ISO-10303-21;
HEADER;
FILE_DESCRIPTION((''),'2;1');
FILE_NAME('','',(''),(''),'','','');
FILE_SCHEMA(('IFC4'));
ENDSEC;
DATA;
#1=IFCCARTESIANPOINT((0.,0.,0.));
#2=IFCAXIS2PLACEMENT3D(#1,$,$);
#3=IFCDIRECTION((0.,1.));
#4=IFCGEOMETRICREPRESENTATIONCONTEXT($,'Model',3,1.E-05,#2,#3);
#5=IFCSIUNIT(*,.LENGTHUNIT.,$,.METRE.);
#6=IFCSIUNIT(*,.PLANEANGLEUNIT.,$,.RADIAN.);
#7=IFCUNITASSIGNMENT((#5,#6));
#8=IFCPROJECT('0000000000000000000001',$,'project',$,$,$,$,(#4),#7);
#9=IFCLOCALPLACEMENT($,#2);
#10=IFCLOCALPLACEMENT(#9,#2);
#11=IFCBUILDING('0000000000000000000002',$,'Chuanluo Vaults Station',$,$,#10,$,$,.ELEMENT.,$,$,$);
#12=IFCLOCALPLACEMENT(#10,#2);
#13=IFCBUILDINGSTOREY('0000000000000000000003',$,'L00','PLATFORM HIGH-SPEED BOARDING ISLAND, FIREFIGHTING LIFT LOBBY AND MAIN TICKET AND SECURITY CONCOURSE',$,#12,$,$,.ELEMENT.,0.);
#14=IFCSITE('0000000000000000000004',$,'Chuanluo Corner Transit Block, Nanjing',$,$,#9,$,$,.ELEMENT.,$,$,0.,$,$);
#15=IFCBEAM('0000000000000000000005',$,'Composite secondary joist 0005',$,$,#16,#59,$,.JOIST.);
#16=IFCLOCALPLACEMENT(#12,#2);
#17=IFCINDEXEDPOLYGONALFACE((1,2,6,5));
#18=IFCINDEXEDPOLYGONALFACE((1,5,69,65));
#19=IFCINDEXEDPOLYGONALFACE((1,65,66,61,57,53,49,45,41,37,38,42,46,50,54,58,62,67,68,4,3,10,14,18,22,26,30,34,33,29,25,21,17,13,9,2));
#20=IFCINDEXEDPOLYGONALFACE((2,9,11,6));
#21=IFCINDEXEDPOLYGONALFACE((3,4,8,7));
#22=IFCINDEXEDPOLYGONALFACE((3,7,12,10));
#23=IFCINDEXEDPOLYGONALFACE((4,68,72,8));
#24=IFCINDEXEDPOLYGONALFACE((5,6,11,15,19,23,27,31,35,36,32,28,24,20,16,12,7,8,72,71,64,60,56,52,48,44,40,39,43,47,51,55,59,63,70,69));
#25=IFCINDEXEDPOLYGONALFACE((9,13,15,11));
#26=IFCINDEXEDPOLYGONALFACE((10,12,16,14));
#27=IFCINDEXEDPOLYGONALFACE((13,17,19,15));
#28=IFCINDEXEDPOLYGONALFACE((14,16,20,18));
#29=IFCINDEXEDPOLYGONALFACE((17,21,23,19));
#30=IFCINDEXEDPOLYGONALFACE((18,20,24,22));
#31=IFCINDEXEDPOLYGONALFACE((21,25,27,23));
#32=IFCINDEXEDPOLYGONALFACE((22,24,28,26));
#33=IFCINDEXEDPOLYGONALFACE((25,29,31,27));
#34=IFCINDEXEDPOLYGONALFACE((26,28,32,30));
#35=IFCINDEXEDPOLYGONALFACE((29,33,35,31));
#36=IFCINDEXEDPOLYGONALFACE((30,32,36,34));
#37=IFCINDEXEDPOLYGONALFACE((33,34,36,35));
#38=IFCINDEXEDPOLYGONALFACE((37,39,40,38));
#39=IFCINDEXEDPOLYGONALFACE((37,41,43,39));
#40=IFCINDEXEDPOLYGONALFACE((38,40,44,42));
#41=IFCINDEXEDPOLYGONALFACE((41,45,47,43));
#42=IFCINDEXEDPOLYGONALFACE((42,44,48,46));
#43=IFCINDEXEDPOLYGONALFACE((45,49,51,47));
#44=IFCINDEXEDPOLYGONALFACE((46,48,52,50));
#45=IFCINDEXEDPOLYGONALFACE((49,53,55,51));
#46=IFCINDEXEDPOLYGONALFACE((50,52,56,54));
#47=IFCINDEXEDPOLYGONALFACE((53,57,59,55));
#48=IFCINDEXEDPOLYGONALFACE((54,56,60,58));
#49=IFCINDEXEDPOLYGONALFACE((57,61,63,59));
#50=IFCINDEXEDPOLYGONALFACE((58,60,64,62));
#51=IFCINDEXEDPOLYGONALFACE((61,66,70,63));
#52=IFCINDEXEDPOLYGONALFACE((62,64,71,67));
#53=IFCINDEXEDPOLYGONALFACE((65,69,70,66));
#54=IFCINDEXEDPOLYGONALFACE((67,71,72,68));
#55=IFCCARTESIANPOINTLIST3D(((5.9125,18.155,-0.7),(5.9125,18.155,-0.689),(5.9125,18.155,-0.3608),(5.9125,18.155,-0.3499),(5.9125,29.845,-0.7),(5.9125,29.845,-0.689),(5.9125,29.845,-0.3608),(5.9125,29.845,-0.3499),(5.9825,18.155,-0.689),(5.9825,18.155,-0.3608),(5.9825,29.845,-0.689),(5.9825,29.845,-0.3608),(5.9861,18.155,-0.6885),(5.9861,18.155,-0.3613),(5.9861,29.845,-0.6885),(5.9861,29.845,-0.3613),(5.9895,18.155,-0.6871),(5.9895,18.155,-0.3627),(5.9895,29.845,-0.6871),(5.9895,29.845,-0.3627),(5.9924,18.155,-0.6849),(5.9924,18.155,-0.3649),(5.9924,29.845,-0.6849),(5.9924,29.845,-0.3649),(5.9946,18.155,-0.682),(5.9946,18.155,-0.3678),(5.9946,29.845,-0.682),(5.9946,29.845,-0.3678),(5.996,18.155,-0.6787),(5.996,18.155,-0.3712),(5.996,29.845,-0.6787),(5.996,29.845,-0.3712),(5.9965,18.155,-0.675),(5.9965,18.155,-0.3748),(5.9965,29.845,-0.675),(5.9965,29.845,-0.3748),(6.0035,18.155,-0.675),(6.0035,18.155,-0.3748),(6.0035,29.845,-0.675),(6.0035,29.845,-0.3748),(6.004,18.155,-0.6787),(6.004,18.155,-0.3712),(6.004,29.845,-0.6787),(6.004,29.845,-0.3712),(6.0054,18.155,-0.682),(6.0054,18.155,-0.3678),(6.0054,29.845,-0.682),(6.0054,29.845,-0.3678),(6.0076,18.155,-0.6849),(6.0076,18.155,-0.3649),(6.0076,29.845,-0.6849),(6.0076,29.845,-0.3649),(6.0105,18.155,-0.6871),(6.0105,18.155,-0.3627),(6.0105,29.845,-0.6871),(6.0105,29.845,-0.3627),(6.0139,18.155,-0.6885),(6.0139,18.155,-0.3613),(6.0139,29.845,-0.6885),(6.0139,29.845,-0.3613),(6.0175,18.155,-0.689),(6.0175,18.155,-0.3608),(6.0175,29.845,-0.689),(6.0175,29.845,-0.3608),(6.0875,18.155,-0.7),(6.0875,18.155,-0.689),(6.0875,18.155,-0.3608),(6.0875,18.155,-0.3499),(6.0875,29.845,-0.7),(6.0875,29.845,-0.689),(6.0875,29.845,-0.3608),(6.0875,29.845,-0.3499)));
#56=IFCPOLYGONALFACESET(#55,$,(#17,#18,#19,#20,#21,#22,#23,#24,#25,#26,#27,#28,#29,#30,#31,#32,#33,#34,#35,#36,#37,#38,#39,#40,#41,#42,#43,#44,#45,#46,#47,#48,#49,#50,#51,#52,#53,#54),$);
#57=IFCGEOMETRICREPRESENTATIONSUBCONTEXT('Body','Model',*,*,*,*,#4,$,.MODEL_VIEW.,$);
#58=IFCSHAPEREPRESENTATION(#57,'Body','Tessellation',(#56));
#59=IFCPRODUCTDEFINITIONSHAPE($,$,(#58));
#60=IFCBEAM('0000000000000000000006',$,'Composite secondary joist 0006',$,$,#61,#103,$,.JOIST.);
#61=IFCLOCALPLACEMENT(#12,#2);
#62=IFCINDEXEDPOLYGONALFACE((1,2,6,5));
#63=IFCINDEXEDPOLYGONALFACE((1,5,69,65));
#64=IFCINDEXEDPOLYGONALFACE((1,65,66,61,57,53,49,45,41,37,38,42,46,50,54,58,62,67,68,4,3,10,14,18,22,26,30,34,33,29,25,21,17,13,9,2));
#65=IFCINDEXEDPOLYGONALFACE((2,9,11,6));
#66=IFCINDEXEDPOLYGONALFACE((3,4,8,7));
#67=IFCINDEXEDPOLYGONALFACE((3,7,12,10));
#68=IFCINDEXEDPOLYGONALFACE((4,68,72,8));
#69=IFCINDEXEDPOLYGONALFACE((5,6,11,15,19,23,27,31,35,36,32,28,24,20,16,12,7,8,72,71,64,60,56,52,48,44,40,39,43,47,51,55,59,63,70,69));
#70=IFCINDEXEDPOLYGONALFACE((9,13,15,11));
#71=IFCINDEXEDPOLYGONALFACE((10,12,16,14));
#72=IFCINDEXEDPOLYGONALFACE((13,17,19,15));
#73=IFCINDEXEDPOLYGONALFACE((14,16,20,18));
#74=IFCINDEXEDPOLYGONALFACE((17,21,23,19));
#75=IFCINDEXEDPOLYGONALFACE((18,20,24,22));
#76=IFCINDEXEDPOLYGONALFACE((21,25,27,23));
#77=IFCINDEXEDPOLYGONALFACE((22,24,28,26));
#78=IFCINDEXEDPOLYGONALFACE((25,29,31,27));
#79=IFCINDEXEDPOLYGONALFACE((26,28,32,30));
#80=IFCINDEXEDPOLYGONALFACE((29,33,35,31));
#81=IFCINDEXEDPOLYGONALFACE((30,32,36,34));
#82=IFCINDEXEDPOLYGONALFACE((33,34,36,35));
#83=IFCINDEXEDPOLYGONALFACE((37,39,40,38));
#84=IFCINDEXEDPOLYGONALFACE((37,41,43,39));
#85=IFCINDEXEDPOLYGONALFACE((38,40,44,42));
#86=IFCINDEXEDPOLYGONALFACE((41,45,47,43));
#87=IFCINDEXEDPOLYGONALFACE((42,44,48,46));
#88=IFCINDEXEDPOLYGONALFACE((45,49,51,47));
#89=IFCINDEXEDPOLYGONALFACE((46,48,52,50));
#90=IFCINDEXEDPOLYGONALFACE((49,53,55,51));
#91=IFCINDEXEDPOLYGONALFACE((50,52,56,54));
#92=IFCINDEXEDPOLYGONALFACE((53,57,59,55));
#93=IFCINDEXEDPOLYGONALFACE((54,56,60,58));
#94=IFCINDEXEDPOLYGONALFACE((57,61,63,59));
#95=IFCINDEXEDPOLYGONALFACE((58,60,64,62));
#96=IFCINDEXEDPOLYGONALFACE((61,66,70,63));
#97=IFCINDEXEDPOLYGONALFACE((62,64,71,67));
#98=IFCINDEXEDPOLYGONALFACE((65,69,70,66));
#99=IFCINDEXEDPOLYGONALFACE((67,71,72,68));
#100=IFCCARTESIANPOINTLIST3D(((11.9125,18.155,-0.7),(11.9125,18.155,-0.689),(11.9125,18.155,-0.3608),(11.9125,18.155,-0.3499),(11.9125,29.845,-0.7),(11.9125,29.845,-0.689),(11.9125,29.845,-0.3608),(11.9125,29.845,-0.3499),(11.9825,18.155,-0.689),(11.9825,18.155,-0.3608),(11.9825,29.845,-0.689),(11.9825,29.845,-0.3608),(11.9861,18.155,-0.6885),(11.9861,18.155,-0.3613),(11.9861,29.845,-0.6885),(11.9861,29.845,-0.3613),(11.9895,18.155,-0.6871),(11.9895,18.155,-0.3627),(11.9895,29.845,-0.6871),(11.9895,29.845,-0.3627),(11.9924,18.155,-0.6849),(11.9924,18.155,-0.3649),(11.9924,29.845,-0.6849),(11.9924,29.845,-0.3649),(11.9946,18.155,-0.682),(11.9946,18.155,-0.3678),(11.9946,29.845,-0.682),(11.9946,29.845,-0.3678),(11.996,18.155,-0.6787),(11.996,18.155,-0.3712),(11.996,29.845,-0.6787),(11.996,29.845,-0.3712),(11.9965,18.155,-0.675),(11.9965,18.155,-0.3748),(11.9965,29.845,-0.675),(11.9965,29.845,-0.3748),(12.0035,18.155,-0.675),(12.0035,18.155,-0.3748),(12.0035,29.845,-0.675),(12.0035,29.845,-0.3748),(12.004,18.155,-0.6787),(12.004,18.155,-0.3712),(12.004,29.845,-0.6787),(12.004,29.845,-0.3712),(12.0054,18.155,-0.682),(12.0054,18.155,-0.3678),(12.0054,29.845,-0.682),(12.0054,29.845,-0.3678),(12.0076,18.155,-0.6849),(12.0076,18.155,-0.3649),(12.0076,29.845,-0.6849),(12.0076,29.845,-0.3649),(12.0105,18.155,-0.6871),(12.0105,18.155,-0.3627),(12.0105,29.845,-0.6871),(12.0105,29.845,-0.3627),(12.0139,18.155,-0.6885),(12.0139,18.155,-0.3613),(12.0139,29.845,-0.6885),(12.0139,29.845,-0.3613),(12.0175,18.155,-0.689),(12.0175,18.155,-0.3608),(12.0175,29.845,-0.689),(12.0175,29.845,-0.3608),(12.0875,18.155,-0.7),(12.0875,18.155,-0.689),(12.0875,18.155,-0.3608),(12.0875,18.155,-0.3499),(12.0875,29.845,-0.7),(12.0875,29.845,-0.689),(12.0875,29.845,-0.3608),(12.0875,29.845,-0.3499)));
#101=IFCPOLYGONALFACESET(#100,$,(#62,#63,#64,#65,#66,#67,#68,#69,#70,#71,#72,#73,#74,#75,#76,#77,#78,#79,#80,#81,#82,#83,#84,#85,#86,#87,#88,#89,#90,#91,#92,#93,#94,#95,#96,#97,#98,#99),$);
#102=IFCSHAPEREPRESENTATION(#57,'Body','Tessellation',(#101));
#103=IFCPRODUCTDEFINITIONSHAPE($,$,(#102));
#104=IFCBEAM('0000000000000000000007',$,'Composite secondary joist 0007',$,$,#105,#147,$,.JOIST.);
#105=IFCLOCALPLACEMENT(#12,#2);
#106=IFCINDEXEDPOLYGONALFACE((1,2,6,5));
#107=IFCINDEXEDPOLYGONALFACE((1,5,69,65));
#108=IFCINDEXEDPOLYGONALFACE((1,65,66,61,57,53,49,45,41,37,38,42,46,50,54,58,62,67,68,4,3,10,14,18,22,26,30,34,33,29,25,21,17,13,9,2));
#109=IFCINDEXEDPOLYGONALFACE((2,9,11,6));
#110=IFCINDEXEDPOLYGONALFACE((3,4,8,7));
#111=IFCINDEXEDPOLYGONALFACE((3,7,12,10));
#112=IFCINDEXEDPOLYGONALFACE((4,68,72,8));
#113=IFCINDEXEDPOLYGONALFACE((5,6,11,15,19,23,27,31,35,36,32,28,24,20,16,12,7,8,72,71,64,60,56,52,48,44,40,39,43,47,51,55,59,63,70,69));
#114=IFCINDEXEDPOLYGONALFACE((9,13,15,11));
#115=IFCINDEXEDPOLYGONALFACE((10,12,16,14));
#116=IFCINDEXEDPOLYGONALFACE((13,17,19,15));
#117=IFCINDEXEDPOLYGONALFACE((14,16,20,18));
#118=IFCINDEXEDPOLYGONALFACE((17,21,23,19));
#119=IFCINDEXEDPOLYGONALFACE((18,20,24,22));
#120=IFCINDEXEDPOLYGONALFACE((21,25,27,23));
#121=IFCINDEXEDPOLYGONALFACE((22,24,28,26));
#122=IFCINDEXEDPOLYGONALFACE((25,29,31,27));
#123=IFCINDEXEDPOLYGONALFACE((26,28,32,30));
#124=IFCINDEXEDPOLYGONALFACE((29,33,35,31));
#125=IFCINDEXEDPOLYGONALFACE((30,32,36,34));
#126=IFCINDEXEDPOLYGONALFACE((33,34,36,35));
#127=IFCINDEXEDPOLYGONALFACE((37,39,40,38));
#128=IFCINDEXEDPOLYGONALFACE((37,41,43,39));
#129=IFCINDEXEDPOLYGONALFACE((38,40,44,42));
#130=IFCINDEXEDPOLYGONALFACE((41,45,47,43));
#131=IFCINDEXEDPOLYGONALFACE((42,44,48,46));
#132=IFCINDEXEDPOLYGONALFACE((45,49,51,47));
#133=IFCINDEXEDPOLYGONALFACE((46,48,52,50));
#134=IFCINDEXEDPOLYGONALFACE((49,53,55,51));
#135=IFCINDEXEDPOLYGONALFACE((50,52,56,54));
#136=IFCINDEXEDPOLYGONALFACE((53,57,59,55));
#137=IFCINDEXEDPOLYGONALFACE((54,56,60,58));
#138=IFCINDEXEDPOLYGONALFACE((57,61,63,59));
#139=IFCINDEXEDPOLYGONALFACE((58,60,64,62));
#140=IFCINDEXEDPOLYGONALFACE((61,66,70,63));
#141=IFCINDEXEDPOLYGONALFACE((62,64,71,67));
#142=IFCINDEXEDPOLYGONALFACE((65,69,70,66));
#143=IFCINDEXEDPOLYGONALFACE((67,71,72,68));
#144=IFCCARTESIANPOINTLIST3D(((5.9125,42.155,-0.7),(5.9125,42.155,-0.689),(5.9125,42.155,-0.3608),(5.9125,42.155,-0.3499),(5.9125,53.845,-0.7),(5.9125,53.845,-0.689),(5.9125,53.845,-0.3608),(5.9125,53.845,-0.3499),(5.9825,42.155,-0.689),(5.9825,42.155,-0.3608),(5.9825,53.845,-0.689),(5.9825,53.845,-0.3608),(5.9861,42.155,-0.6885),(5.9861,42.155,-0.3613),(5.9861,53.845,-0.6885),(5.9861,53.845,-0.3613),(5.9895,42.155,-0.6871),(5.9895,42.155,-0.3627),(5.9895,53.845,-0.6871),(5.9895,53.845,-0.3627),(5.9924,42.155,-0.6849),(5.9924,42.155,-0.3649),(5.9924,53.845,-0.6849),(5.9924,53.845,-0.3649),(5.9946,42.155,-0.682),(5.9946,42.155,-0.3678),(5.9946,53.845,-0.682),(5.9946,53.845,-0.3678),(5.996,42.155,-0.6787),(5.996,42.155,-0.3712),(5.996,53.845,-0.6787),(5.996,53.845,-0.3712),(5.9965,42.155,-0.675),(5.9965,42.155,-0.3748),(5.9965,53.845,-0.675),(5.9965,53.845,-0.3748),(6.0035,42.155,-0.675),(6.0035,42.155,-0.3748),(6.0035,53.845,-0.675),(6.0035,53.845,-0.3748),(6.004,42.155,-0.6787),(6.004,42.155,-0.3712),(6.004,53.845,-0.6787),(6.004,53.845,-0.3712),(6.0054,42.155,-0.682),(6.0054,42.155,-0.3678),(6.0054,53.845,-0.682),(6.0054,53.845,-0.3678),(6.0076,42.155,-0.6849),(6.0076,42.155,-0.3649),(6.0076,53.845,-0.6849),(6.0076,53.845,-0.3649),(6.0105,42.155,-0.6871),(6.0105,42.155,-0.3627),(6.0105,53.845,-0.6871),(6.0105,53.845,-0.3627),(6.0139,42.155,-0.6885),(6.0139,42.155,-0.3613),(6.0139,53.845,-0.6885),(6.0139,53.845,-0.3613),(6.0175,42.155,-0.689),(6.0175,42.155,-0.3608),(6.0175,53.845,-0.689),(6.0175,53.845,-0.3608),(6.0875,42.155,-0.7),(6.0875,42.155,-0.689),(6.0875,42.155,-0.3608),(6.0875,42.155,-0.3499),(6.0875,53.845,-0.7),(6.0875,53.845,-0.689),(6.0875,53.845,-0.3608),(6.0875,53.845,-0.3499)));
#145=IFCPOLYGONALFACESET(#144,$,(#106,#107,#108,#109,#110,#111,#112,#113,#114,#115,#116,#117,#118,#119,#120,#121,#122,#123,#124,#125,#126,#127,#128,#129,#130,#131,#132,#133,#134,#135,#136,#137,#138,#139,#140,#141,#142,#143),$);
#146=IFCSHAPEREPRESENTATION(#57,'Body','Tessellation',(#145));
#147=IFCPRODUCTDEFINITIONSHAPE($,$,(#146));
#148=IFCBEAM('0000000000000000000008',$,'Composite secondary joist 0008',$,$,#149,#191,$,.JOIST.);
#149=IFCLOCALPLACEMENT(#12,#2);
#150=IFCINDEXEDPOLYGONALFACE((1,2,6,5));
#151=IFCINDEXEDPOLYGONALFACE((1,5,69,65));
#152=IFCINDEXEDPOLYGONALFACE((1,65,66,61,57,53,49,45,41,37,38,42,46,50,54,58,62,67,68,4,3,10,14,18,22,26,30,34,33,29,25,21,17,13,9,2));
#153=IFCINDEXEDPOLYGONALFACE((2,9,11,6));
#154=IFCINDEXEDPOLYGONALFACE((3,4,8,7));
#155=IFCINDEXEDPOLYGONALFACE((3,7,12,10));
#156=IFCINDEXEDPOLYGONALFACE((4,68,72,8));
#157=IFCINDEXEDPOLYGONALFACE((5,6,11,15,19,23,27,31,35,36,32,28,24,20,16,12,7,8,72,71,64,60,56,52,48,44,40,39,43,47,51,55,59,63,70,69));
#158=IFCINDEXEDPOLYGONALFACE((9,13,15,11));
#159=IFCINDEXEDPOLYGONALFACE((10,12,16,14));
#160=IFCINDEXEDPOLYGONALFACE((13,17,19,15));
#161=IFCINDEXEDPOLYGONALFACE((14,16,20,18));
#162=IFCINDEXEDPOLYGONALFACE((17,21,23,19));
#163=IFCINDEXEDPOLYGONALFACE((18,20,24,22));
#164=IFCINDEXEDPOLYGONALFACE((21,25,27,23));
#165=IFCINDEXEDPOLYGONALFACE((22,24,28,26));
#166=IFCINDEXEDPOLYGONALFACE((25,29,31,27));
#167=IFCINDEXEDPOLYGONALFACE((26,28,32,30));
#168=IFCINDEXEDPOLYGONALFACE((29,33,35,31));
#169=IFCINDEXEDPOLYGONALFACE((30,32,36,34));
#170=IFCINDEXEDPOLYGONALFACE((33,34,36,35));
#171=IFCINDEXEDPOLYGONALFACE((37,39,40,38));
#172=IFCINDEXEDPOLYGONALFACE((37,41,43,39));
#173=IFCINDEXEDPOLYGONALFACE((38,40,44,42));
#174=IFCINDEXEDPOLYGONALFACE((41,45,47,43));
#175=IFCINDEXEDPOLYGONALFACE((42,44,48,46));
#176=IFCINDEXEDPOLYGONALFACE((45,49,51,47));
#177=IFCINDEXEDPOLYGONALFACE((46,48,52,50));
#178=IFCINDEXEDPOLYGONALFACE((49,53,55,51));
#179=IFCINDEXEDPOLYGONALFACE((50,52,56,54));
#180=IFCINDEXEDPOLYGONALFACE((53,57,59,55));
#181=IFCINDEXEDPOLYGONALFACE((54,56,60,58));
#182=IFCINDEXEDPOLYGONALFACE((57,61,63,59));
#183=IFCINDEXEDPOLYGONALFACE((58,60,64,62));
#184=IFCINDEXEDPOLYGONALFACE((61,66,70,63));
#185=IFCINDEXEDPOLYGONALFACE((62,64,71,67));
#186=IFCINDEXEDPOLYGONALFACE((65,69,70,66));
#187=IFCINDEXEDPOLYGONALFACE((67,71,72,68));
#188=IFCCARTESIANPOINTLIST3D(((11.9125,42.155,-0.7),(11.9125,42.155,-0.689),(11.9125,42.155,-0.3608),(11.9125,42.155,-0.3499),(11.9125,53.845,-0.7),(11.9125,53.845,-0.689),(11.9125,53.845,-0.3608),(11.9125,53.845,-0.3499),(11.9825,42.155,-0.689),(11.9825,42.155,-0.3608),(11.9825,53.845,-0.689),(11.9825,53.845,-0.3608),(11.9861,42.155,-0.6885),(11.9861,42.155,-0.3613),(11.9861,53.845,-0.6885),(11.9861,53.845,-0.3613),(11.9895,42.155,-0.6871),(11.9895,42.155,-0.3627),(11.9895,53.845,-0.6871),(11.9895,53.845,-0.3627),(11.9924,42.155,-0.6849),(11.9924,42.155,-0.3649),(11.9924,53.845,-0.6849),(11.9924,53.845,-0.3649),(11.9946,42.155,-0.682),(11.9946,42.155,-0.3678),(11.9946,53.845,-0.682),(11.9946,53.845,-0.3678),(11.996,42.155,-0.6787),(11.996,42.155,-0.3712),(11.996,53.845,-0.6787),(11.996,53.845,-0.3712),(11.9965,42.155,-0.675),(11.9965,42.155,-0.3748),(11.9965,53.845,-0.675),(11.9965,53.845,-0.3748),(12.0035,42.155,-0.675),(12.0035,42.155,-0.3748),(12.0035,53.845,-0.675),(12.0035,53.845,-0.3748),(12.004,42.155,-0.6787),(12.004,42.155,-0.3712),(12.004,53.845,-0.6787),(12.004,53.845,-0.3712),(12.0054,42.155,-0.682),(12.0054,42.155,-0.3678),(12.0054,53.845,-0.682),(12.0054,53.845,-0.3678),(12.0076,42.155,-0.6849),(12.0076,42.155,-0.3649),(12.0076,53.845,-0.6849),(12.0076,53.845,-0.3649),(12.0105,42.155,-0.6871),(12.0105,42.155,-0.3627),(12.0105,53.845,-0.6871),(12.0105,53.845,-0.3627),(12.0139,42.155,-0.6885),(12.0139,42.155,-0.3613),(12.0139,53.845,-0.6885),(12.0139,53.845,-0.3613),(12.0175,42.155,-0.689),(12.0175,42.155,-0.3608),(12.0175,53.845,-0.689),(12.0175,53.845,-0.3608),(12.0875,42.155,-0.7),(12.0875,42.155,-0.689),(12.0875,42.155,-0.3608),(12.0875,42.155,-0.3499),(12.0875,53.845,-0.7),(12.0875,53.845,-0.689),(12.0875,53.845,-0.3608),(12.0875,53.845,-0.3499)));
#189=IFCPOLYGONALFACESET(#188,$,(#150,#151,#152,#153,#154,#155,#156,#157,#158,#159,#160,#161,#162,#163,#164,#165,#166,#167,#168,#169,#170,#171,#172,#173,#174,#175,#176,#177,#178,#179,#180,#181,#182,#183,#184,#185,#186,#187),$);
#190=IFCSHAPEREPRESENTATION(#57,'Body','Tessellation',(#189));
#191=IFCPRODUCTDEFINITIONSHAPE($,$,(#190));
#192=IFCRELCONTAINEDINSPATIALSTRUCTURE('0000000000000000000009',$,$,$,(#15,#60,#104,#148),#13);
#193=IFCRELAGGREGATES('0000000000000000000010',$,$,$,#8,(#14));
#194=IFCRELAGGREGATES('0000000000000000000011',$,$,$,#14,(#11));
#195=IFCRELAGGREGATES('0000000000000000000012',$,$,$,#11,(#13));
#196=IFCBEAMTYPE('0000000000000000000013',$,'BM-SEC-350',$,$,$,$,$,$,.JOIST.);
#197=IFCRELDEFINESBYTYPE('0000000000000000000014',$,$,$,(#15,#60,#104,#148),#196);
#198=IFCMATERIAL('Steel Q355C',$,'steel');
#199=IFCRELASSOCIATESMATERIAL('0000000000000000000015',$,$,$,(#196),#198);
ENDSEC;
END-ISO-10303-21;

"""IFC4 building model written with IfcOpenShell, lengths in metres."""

from ifc_helpers import new_model, si_unit, direction, frame, origin, origin_2d, place, context, subcontext, project, spatial, i_section, extrude, material, material_profile, profile_set, type_object, element, save


model = new_model("IFC4")

# Units and contexts
model_context = context("Model", 3, precision=1e-05, world=origin(), true_north=direction((0.0, 1.0)))
body_context = subcontext(model_context, "Body", "Model", "MODEL_VIEW")
ifc_project = project(units=[si_unit("LENGTHUNIT", "METRE"), si_unit("PLANEANGLEUNIT", "RADIAN")], contexts=[model_context])

# Site, building, storey
site_placement = place(None, origin())
site = spatial("IfcSite", under=ifc_project, at=site_placement, Name="Chuanluo Corner Transit Block, Nanjing", CompositionType="ELEMENT", RefElevation=0.0)
building_placement = place(site_placement, origin())
building = spatial("IfcBuilding", under=site, at=building_placement, Name="Chuanluo Vaults Station", CompositionType="ELEMENT")
storey_placement = place(building_placement, origin())
storey = spatial("IfcBuildingStorey", under=building, at=storey_placement, Name="L00", Description="PLATFORM HIGH-SPEED BOARDING ISLAND, FIREFIGHTING LIFT LOBBY AND MAIN TICKET AND SECURITY CONCOURSE", CompositionType="ELEMENT", Elevation=0.0)

# Beams
ifc_material_1 = material(Name="Steel Q355C", Category="steel")
ifc_material_profile_1 = material_profile(ifc_material_1, i_section(OverallWidth=0.175, OverallDepth=0.3501, WebThickness=0.0071, FlangeThickness=0.011, FilletRadius=0.0139, at=origin_2d()))
ifc_profile_set_1 = profile_set([ifc_material_profile_1], Name="Steel Q355C")
beam_type_1 = type_object("IfcBeamType", Name="BM-SEC-350", PredefinedType="JOIST", material=ifc_profile_set_1)
for number, where, z_axis, x_axis, name in (
    (1, (6.0, 18.155, -0.5249), (0.0, 1.0, 0.0), (-1.0, 0.0, 0.0), "Composite secondary joist 0005"),
    (2, (12.0, 18.155, -0.5249), (0.0, 1.0, 0.0), (-1.0, 0.0, 0.0), "Composite secondary joist 0006"),
    (3, (6.0, 42.155, -0.5249), (0.0, 1.0, 0.0), (-1.0, 0.0, 0.0), "Composite secondary joist 0007"),
    (4, (12.0, 42.155, -0.5249), (0.0, 1.0, 0.0), (-1.0, 0.0, 0.0), "Composite secondary joist 0008"),
):
    element("IfcBeam", number, at=place(storey_placement, frame(where, z_axis=z_axis, x_axis=x_axis)), inside=storey, type_object=beam_type_1, Name=name, PredefinedType="JOIST", context=body_context, shape_type="SweptSolid", body=[
        extrude(i_section(OverallWidth=0.175, OverallDepth=0.3501, WebThickness=0.0071, FlangeThickness=0.011, FilletRadius=0.0139, at=origin_2d()), origin(), (0.0, 0.0, 1.0), 11.6899),
    ])

save(model, "model.ifc")
